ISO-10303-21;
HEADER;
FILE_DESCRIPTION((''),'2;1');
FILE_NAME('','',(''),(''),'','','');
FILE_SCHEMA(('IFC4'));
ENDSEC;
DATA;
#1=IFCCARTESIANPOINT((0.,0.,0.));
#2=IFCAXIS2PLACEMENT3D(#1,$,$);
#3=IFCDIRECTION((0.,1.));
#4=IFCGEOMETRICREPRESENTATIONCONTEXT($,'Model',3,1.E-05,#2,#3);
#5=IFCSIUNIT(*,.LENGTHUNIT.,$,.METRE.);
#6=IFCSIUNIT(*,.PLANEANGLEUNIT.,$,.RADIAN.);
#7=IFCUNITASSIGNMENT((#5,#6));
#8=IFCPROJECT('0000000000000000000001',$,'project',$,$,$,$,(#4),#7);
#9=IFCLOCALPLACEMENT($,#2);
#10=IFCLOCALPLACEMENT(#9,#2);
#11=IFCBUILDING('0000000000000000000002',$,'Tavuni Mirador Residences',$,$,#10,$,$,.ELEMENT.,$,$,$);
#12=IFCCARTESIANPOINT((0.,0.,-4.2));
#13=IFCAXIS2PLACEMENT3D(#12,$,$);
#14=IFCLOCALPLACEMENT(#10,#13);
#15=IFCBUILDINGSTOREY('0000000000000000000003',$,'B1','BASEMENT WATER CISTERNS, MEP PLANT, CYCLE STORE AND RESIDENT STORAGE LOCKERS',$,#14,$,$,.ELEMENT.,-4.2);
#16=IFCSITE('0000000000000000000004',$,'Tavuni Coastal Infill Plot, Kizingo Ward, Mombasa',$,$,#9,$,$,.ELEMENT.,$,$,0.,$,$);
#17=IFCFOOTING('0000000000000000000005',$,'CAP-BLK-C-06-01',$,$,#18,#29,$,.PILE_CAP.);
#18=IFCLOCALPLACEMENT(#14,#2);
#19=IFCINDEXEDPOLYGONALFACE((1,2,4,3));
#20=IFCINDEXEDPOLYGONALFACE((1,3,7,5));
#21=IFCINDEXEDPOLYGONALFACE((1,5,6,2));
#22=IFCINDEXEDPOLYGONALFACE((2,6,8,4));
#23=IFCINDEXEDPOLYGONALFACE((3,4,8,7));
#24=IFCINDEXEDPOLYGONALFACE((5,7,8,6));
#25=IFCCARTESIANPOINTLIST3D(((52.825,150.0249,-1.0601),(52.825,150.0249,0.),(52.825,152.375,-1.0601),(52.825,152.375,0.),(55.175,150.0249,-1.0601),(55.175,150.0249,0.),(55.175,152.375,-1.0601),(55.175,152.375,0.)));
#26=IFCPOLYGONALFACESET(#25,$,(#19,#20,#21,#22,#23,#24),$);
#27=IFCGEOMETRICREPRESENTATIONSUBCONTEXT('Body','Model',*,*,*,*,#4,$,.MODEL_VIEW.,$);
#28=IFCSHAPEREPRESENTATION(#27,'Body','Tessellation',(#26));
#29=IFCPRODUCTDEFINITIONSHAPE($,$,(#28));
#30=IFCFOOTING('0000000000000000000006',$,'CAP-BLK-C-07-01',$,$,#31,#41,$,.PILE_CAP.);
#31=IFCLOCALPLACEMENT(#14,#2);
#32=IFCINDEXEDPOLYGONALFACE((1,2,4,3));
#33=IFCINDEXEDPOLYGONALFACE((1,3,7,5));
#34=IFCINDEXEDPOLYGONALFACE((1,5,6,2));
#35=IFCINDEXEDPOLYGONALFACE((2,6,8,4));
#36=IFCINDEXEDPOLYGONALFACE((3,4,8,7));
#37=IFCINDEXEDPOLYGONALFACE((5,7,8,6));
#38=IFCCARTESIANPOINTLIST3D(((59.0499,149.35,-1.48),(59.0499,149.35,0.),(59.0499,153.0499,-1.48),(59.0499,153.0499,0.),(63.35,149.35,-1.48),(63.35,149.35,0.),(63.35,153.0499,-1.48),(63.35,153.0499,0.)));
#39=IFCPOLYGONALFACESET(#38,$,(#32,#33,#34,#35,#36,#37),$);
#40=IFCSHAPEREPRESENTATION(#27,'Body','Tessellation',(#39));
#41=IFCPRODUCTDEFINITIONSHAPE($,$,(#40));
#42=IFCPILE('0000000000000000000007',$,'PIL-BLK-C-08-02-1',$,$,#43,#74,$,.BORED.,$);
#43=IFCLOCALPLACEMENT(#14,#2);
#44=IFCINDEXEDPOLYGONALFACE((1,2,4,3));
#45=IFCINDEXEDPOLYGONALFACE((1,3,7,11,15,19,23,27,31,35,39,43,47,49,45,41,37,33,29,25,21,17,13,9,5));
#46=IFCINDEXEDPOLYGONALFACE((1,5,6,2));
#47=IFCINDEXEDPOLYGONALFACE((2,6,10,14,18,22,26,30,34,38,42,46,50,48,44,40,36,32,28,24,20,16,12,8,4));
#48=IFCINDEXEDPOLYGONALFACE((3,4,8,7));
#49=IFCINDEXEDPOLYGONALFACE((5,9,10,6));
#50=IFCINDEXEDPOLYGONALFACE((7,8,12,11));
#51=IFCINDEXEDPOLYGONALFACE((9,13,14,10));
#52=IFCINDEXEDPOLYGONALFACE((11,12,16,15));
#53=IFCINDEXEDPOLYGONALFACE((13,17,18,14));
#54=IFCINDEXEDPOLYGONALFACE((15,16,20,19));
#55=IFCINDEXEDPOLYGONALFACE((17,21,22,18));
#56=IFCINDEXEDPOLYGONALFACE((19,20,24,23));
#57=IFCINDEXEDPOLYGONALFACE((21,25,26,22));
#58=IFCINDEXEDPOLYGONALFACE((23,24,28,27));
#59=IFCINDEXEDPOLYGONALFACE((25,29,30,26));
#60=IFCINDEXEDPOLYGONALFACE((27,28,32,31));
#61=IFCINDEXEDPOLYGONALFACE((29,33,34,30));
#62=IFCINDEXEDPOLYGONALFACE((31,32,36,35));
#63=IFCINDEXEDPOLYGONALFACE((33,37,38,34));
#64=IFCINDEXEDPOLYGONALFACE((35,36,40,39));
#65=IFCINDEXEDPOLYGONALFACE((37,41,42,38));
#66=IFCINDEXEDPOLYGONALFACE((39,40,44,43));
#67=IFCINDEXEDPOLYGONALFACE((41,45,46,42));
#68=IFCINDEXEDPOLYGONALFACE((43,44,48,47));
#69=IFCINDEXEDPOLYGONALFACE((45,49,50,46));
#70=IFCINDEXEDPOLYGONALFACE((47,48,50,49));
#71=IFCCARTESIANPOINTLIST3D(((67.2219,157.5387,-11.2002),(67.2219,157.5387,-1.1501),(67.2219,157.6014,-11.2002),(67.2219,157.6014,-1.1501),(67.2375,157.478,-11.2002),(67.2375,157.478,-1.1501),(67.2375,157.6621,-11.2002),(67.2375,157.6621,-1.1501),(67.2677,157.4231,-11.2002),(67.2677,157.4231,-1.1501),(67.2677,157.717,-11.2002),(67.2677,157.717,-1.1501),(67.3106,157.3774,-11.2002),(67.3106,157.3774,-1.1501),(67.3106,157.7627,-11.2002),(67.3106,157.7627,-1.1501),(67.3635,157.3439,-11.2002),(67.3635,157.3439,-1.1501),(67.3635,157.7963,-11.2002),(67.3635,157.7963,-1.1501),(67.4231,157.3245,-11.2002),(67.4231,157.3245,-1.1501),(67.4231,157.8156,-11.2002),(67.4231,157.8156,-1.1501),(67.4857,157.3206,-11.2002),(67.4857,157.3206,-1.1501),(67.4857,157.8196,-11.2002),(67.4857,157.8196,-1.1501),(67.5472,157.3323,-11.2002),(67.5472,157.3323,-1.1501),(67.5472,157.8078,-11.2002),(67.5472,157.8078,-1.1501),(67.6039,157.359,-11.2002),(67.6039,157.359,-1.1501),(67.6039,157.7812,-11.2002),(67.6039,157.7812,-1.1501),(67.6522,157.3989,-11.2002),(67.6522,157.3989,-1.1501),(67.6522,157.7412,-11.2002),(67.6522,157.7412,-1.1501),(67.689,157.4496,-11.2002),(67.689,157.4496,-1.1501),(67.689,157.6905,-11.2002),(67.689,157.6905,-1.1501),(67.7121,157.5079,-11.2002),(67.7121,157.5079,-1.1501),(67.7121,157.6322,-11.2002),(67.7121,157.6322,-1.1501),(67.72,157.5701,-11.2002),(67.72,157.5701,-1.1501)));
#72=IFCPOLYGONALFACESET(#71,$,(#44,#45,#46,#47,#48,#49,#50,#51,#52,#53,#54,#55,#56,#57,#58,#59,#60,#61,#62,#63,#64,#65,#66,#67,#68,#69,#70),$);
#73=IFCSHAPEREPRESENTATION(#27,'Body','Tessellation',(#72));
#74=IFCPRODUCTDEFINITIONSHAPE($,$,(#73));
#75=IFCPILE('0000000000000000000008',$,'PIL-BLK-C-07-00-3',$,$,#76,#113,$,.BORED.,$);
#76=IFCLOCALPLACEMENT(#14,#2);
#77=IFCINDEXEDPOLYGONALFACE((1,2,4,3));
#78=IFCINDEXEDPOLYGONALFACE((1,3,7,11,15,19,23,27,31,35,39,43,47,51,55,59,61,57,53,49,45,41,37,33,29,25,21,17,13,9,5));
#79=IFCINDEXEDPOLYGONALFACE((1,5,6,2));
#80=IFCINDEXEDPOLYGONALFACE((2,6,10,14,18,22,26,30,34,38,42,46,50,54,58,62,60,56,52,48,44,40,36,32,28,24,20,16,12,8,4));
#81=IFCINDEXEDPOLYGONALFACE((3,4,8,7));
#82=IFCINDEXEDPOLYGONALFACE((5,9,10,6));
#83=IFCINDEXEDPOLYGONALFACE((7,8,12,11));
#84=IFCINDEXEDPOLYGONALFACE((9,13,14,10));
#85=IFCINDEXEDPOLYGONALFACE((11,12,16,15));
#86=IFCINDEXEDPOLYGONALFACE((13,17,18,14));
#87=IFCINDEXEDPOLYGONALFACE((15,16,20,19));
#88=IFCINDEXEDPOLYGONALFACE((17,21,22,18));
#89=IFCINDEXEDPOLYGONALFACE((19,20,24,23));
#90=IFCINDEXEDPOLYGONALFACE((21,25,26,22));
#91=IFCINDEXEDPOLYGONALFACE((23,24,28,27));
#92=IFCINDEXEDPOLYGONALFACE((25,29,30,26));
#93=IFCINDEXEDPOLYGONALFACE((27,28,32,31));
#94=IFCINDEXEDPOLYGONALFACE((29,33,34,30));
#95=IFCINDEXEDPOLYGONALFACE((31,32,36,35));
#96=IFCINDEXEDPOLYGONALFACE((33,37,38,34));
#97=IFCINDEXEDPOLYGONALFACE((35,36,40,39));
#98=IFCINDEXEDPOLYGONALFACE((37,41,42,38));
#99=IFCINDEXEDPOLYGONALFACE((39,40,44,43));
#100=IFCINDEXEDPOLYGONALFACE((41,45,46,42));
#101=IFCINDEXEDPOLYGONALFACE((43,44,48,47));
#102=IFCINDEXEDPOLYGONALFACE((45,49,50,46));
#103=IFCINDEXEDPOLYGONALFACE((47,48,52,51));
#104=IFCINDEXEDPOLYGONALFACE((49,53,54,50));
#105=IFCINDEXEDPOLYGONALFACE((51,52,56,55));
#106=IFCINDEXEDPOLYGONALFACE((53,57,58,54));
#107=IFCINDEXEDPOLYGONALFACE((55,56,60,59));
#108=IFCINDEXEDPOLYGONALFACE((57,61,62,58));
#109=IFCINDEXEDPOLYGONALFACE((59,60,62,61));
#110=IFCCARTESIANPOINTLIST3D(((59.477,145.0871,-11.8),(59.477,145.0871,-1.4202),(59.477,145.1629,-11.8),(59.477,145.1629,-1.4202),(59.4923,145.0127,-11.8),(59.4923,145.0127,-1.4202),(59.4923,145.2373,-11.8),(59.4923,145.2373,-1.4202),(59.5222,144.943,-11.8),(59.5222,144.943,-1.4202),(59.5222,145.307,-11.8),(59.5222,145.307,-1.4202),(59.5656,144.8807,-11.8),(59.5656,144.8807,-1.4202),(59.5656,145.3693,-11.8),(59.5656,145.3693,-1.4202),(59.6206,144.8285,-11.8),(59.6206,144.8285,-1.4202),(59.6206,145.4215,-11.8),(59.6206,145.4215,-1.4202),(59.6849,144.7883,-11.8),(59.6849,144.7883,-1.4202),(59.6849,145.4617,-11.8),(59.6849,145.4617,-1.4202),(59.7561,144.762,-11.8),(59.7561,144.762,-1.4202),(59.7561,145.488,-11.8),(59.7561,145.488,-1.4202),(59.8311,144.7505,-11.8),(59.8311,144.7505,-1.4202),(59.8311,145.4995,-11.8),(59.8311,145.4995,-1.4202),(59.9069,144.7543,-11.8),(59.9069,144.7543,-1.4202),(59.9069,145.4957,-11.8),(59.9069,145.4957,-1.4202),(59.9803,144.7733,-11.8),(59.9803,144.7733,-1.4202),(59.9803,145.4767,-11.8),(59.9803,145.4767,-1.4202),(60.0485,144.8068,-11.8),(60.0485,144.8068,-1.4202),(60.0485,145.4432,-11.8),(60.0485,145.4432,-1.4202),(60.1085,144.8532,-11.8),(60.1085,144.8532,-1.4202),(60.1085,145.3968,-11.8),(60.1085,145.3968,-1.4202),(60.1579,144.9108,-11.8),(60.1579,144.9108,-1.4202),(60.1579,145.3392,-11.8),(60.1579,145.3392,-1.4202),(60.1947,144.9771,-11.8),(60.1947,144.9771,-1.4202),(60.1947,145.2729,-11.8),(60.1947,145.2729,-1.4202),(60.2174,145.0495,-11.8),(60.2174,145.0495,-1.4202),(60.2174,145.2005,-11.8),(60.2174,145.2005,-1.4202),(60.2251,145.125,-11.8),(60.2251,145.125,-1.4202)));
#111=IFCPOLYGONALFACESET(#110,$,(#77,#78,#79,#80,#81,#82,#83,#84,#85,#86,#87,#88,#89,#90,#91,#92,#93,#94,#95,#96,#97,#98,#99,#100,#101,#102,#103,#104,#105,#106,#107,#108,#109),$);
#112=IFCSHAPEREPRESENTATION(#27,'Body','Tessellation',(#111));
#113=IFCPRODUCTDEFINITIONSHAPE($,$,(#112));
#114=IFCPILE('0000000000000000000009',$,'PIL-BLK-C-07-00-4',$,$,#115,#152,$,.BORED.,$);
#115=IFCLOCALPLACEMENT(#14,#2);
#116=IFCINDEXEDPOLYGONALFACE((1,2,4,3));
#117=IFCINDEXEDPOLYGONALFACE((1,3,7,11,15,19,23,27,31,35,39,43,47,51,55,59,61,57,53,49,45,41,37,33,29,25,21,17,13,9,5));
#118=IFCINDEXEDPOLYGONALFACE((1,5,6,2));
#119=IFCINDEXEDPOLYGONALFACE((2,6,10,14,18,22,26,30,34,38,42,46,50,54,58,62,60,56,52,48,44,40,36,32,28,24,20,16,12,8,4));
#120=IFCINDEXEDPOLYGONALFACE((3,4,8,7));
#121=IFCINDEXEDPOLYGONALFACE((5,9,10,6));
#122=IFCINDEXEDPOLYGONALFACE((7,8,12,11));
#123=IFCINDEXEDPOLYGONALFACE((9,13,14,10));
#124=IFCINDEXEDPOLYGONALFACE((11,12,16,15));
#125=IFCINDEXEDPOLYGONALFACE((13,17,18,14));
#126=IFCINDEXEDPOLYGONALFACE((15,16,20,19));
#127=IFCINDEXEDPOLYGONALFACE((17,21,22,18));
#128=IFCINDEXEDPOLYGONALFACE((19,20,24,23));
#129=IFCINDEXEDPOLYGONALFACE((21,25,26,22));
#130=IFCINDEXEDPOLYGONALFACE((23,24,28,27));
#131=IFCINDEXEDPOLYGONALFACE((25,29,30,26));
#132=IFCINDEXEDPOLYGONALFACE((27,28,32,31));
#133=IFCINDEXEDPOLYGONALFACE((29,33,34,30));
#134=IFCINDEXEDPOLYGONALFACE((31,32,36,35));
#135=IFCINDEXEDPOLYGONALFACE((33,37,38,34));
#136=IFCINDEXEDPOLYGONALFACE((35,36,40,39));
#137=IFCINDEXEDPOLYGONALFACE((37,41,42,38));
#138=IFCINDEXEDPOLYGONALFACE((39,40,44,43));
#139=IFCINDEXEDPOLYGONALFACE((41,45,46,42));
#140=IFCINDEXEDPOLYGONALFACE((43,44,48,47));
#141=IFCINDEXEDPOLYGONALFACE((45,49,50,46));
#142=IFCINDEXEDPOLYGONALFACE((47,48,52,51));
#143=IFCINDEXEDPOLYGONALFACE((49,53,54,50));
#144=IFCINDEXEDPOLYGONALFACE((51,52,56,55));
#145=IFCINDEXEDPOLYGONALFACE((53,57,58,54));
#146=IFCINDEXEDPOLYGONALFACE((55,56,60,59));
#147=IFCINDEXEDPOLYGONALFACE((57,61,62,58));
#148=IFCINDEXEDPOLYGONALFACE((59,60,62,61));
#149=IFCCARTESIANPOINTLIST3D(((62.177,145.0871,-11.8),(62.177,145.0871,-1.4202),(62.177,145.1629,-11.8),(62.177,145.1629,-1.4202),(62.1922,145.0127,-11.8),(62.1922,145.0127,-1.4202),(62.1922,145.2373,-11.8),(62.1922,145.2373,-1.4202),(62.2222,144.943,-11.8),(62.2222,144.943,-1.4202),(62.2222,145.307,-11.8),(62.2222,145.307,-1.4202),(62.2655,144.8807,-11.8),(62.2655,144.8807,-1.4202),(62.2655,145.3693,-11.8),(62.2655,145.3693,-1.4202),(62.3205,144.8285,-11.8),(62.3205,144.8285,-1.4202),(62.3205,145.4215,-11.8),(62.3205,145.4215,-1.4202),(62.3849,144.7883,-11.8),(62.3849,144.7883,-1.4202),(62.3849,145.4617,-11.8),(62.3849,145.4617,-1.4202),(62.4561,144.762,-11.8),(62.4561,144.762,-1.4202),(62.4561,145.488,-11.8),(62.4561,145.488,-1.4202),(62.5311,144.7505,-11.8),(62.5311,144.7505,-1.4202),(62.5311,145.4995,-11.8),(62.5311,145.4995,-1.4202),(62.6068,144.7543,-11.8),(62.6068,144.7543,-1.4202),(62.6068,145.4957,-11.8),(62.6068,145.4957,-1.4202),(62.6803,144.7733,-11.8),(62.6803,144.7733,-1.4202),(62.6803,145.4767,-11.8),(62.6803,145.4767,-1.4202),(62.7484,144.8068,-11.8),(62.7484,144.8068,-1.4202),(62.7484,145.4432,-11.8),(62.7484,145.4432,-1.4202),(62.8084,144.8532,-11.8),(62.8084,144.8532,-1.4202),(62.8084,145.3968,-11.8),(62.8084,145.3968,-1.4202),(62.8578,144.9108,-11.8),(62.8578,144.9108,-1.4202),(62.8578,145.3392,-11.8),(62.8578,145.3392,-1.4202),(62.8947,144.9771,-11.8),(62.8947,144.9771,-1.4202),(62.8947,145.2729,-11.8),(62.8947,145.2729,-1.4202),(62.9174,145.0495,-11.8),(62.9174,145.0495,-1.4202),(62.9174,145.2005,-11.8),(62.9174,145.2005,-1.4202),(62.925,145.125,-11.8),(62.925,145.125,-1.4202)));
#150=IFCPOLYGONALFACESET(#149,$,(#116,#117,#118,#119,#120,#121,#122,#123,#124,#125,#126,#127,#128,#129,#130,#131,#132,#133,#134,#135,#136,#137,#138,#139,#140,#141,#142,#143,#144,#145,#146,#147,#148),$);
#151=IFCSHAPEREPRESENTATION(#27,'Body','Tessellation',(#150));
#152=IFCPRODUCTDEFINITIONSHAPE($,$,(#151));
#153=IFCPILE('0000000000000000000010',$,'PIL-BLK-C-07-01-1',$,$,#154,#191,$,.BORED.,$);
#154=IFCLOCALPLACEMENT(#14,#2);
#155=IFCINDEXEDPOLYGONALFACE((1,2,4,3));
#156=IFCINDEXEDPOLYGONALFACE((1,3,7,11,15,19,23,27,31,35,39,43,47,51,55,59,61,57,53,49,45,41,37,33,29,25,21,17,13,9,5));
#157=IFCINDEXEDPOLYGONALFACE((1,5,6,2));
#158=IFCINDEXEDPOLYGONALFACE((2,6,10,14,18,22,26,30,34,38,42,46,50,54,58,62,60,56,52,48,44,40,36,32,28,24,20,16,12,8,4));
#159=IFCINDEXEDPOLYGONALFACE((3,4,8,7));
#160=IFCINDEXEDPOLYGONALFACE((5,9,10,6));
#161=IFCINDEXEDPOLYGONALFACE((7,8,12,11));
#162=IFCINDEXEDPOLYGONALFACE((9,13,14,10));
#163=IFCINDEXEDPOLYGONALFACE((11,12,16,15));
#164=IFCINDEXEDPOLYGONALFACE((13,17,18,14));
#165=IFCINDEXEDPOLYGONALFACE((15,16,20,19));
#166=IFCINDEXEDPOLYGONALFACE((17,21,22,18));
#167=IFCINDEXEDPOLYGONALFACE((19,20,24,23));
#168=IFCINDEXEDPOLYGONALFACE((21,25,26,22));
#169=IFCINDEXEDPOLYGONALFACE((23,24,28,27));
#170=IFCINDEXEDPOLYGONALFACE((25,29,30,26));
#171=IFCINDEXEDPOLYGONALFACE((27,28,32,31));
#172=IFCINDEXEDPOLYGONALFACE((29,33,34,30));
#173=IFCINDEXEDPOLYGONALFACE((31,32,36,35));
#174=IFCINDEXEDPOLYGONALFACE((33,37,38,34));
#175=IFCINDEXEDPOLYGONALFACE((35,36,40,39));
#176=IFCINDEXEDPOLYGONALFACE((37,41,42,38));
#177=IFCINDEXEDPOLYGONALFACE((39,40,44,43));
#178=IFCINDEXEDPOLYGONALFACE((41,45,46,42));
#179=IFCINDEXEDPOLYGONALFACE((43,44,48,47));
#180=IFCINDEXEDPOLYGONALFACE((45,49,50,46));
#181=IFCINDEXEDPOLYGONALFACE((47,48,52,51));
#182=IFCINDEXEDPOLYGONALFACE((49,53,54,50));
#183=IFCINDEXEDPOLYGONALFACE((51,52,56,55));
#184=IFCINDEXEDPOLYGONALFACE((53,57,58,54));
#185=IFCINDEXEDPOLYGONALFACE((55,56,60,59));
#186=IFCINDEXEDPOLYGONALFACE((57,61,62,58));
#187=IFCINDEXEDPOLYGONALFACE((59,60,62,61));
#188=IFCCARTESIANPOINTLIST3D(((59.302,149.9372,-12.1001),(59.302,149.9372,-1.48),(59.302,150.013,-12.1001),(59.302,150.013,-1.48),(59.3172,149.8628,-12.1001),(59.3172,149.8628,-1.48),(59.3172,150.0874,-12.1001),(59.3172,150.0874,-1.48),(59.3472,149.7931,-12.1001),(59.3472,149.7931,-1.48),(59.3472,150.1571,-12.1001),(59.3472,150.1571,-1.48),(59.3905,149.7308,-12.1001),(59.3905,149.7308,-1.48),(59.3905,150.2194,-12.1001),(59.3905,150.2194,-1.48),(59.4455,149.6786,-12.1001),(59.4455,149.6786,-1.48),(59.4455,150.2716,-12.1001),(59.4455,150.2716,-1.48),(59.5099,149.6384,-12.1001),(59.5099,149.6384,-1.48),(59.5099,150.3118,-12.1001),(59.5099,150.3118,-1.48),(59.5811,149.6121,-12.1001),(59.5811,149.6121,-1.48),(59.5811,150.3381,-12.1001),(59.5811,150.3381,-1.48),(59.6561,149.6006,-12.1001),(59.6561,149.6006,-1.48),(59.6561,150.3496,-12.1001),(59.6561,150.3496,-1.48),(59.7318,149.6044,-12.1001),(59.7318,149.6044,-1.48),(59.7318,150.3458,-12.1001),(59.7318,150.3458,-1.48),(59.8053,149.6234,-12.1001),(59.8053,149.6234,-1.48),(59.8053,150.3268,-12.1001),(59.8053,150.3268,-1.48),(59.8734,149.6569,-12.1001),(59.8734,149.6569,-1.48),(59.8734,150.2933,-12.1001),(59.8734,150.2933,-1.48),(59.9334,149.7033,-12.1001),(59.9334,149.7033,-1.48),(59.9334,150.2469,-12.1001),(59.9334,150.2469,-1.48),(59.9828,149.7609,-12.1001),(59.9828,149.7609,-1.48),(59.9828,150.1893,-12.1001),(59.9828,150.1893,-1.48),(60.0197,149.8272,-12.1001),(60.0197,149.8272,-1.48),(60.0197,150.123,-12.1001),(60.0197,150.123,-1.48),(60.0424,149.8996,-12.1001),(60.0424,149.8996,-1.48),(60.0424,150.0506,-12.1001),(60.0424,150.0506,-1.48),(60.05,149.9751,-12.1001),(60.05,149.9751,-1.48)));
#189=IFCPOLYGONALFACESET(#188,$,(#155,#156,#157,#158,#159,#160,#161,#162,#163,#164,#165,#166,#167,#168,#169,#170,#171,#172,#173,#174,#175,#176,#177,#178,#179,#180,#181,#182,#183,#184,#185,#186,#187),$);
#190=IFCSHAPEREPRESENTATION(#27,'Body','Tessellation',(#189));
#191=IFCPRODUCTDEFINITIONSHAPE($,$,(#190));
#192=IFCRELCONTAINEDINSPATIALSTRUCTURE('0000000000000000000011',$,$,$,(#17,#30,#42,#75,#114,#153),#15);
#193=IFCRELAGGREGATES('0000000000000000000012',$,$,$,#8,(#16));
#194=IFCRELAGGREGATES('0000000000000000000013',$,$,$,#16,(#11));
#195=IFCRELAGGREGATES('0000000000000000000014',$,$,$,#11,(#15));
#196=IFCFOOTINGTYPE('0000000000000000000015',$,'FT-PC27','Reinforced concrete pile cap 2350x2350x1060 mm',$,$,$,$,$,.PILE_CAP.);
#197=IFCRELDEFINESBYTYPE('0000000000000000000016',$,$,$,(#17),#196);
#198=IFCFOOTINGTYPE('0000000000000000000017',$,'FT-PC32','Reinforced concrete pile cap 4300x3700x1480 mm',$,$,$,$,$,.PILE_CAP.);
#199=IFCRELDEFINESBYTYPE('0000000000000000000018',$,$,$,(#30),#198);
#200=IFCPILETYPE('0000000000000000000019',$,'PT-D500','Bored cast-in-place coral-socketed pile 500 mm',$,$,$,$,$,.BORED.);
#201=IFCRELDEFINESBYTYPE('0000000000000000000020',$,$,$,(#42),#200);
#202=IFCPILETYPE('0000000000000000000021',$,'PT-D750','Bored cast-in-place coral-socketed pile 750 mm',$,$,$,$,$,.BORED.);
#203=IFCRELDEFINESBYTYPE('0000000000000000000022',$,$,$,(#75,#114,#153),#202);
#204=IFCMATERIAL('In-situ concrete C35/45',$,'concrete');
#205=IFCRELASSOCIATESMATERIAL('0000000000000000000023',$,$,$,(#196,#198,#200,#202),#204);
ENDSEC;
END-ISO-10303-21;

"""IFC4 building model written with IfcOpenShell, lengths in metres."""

from ifc_helpers import new_model, si_unit, direction, frame, origin, origin_2d, place, context, subcontext, project, spatial, rectangle, circle, extrude, material, material_profile, profile_set, type_object, element, save


model = new_model("IFC4")

# Units and contexts
model_context = context("Model", 3, precision=1e-05, world=origin(), true_north=direction((0.0, 1.0)))
body_context = subcontext(model_context, "Body", "Model", "MODEL_VIEW")
ifc_project = project(units=[si_unit("LENGTHUNIT", "METRE"), si_unit("PLANEANGLEUNIT", "RADIAN")], contexts=[model_context])

# Site, building, storey
site_placement = place(None, origin())
site = spatial("IfcSite", under=ifc_project, at=site_placement, Name="Tavuni Coastal Infill Plot, Kizingo Ward, Mombasa", CompositionType="ELEMENT", RefElevation=0.0)
building_placement = place(site_placement, origin())
building = spatial("IfcBuilding", under=site, at=building_placement, Name="Tavuni Mirador Residences", CompositionType="ELEMENT")
storey_placement = place(building_placement, frame((0.0, 0.0, -4.2)))
storey = spatial("IfcBuildingStorey", under=building, at=storey_placement, Name="B1", Description="BASEMENT WATER CISTERNS, MEP PLANT, CYCLE STORE AND RESIDENT STORAGE LOCKERS", CompositionType="ELEMENT", Elevation=-4.2)

# Footings
ifc_material_1 = material(Name="In-situ concrete C35/45", Category="concrete")
footing_type_1 = type_object("IfcFootingType", Name="FT-PC27", Description="Reinforced concrete pile cap 2350x2350x1060 mm", PredefinedType="PILE_CAP", material=ifc_material_1)
footing_1_placement = place(storey_placement, frame((54.0, 151.2, -1.0601), z_axis=(0.0, 0.0, 1.0), x_axis=(1.0, 0.0, 0.0)))
element("IfcFooting", 1, at=footing_1_placement, inside=storey, type_object=footing_type_1, Name="CAP-BLK-C-06-01", PredefinedType="PILE_CAP", context=body_context, shape_type="SweptSolid", body=[
    extrude(rectangle(XDim=2.3501, YDim=2.3501, at=origin_2d()), origin(), (0.0, 0.0, 1.0), 1.0601),
])
footing_type_2 = type_object("IfcFootingType", Name="FT-PC32", Description="Reinforced concrete pile cap 4300x3700x1480 mm", PredefinedType="PILE_CAP", material=ifc_material_1)
footing_2_placement = place(storey_placement, frame((61.2, 151.2, -1.48), z_axis=(0.0, 0.0, 1.0), x_axis=(1.0, 0.0, 0.0)))
element("IfcFooting", 2, at=footing_2_placement, inside=storey, type_object=footing_type_2, Name="CAP-BLK-C-07-01", PredefinedType="PILE_CAP", context=body_context, shape_type="SweptSolid", body=[
    extrude(rectangle(XDim=4.3, YDim=3.7, at=origin_2d()), origin(), (0.0, 0.0, 1.0), 1.48),
])

# Piles
ifc_material_profile_1 = material_profile(ifc_material_1, circle(Radius=0.25, at=origin_2d()), Name="PILE D500", Category="concrete")
ifc_profile_set_1 = profile_set([ifc_material_profile_1], Name="In-situ concrete C35/45")
pile_type_1 = type_object("IfcPileType", Name="PT-D500", Description="Bored cast-in-place coral-socketed pile 500 mm", PredefinedType="BORED", material=ifc_profile_set_1)
pile_1_placement = place(storey_placement, frame((67.47, 157.5701, -1.1501), z_axis=(0.0, 0.0, -1.0), x_axis=(1.0, 0.0, 0.0)))
element("IfcPile", 3, at=pile_1_placement, inside=storey, type_object=pile_type_1, Name="PIL-BLK-C-08-02-1", PredefinedType="BORED", context=body_context, shape_type="SweptSolid", body=[
    extrude(circle(Radius=0.25, at=origin_2d()), origin(), (0.0, 0.0, 1.0), 10.05),
])
ifc_material_profile_2 = material_profile(ifc_material_1, circle(Radius=0.375, at=origin_2d()), Name="PILE D750", Category="concrete")
ifc_profile_set_2 = profile_set([ifc_material_profile_2], Name="In-situ concrete C35/45")
pile_type_2 = type_object("IfcPileType", Name="PT-D750", Description="Bored cast-in-place coral-socketed pile 750 mm", PredefinedType="BORED", material=ifc_profile_set_2)
for number, where, z_axis, x_axis, name in (
    (4, (59.8501, 145.125, -1.4202), (0.0, 0.0, -1.0), (1.0, 0.0, 0.0), "PIL-BLK-C-07-00-3"),
    (5, (62.55, 145.125, -1.4202), (0.0, 0.0, -1.0), (1.0, 0.0, 0.0), "PIL-BLK-C-07-00-4"),
):
    element("IfcPile", number, at=place(storey_placement, frame(where, z_axis=z_axis, x_axis=x_axis)), inside=storey, type_object=pile_type_2, Name=name, PredefinedType="BORED", context=body_context, shape_type="SweptSolid", body=[
        extrude(circle(Radius=0.375, at=origin_2d()), origin(), (0.0, 0.0, 1.0), 10.3799),
    ])
for number, where, z_axis, x_axis, name in (
    (6, (59.675, 149.9751, -1.48), (0.0, 0.0, -1.0), (1.0, 0.0, 0.0), "PIL-BLK-C-07-01-1"),
):
    element("IfcPile", number, at=place(storey_placement, frame(where, z_axis=z_axis, x_axis=x_axis)), inside=storey, type_object=pile_type_2, Name=name, PredefinedType="BORED", context=body_context, shape_type="SweptSolid", body=[
        extrude(circle(Radius=0.375, at=origin_2d()), origin(), (0.0, 0.0, 1.0), 10.6201),
    ])

save(model, "model.ifc")
